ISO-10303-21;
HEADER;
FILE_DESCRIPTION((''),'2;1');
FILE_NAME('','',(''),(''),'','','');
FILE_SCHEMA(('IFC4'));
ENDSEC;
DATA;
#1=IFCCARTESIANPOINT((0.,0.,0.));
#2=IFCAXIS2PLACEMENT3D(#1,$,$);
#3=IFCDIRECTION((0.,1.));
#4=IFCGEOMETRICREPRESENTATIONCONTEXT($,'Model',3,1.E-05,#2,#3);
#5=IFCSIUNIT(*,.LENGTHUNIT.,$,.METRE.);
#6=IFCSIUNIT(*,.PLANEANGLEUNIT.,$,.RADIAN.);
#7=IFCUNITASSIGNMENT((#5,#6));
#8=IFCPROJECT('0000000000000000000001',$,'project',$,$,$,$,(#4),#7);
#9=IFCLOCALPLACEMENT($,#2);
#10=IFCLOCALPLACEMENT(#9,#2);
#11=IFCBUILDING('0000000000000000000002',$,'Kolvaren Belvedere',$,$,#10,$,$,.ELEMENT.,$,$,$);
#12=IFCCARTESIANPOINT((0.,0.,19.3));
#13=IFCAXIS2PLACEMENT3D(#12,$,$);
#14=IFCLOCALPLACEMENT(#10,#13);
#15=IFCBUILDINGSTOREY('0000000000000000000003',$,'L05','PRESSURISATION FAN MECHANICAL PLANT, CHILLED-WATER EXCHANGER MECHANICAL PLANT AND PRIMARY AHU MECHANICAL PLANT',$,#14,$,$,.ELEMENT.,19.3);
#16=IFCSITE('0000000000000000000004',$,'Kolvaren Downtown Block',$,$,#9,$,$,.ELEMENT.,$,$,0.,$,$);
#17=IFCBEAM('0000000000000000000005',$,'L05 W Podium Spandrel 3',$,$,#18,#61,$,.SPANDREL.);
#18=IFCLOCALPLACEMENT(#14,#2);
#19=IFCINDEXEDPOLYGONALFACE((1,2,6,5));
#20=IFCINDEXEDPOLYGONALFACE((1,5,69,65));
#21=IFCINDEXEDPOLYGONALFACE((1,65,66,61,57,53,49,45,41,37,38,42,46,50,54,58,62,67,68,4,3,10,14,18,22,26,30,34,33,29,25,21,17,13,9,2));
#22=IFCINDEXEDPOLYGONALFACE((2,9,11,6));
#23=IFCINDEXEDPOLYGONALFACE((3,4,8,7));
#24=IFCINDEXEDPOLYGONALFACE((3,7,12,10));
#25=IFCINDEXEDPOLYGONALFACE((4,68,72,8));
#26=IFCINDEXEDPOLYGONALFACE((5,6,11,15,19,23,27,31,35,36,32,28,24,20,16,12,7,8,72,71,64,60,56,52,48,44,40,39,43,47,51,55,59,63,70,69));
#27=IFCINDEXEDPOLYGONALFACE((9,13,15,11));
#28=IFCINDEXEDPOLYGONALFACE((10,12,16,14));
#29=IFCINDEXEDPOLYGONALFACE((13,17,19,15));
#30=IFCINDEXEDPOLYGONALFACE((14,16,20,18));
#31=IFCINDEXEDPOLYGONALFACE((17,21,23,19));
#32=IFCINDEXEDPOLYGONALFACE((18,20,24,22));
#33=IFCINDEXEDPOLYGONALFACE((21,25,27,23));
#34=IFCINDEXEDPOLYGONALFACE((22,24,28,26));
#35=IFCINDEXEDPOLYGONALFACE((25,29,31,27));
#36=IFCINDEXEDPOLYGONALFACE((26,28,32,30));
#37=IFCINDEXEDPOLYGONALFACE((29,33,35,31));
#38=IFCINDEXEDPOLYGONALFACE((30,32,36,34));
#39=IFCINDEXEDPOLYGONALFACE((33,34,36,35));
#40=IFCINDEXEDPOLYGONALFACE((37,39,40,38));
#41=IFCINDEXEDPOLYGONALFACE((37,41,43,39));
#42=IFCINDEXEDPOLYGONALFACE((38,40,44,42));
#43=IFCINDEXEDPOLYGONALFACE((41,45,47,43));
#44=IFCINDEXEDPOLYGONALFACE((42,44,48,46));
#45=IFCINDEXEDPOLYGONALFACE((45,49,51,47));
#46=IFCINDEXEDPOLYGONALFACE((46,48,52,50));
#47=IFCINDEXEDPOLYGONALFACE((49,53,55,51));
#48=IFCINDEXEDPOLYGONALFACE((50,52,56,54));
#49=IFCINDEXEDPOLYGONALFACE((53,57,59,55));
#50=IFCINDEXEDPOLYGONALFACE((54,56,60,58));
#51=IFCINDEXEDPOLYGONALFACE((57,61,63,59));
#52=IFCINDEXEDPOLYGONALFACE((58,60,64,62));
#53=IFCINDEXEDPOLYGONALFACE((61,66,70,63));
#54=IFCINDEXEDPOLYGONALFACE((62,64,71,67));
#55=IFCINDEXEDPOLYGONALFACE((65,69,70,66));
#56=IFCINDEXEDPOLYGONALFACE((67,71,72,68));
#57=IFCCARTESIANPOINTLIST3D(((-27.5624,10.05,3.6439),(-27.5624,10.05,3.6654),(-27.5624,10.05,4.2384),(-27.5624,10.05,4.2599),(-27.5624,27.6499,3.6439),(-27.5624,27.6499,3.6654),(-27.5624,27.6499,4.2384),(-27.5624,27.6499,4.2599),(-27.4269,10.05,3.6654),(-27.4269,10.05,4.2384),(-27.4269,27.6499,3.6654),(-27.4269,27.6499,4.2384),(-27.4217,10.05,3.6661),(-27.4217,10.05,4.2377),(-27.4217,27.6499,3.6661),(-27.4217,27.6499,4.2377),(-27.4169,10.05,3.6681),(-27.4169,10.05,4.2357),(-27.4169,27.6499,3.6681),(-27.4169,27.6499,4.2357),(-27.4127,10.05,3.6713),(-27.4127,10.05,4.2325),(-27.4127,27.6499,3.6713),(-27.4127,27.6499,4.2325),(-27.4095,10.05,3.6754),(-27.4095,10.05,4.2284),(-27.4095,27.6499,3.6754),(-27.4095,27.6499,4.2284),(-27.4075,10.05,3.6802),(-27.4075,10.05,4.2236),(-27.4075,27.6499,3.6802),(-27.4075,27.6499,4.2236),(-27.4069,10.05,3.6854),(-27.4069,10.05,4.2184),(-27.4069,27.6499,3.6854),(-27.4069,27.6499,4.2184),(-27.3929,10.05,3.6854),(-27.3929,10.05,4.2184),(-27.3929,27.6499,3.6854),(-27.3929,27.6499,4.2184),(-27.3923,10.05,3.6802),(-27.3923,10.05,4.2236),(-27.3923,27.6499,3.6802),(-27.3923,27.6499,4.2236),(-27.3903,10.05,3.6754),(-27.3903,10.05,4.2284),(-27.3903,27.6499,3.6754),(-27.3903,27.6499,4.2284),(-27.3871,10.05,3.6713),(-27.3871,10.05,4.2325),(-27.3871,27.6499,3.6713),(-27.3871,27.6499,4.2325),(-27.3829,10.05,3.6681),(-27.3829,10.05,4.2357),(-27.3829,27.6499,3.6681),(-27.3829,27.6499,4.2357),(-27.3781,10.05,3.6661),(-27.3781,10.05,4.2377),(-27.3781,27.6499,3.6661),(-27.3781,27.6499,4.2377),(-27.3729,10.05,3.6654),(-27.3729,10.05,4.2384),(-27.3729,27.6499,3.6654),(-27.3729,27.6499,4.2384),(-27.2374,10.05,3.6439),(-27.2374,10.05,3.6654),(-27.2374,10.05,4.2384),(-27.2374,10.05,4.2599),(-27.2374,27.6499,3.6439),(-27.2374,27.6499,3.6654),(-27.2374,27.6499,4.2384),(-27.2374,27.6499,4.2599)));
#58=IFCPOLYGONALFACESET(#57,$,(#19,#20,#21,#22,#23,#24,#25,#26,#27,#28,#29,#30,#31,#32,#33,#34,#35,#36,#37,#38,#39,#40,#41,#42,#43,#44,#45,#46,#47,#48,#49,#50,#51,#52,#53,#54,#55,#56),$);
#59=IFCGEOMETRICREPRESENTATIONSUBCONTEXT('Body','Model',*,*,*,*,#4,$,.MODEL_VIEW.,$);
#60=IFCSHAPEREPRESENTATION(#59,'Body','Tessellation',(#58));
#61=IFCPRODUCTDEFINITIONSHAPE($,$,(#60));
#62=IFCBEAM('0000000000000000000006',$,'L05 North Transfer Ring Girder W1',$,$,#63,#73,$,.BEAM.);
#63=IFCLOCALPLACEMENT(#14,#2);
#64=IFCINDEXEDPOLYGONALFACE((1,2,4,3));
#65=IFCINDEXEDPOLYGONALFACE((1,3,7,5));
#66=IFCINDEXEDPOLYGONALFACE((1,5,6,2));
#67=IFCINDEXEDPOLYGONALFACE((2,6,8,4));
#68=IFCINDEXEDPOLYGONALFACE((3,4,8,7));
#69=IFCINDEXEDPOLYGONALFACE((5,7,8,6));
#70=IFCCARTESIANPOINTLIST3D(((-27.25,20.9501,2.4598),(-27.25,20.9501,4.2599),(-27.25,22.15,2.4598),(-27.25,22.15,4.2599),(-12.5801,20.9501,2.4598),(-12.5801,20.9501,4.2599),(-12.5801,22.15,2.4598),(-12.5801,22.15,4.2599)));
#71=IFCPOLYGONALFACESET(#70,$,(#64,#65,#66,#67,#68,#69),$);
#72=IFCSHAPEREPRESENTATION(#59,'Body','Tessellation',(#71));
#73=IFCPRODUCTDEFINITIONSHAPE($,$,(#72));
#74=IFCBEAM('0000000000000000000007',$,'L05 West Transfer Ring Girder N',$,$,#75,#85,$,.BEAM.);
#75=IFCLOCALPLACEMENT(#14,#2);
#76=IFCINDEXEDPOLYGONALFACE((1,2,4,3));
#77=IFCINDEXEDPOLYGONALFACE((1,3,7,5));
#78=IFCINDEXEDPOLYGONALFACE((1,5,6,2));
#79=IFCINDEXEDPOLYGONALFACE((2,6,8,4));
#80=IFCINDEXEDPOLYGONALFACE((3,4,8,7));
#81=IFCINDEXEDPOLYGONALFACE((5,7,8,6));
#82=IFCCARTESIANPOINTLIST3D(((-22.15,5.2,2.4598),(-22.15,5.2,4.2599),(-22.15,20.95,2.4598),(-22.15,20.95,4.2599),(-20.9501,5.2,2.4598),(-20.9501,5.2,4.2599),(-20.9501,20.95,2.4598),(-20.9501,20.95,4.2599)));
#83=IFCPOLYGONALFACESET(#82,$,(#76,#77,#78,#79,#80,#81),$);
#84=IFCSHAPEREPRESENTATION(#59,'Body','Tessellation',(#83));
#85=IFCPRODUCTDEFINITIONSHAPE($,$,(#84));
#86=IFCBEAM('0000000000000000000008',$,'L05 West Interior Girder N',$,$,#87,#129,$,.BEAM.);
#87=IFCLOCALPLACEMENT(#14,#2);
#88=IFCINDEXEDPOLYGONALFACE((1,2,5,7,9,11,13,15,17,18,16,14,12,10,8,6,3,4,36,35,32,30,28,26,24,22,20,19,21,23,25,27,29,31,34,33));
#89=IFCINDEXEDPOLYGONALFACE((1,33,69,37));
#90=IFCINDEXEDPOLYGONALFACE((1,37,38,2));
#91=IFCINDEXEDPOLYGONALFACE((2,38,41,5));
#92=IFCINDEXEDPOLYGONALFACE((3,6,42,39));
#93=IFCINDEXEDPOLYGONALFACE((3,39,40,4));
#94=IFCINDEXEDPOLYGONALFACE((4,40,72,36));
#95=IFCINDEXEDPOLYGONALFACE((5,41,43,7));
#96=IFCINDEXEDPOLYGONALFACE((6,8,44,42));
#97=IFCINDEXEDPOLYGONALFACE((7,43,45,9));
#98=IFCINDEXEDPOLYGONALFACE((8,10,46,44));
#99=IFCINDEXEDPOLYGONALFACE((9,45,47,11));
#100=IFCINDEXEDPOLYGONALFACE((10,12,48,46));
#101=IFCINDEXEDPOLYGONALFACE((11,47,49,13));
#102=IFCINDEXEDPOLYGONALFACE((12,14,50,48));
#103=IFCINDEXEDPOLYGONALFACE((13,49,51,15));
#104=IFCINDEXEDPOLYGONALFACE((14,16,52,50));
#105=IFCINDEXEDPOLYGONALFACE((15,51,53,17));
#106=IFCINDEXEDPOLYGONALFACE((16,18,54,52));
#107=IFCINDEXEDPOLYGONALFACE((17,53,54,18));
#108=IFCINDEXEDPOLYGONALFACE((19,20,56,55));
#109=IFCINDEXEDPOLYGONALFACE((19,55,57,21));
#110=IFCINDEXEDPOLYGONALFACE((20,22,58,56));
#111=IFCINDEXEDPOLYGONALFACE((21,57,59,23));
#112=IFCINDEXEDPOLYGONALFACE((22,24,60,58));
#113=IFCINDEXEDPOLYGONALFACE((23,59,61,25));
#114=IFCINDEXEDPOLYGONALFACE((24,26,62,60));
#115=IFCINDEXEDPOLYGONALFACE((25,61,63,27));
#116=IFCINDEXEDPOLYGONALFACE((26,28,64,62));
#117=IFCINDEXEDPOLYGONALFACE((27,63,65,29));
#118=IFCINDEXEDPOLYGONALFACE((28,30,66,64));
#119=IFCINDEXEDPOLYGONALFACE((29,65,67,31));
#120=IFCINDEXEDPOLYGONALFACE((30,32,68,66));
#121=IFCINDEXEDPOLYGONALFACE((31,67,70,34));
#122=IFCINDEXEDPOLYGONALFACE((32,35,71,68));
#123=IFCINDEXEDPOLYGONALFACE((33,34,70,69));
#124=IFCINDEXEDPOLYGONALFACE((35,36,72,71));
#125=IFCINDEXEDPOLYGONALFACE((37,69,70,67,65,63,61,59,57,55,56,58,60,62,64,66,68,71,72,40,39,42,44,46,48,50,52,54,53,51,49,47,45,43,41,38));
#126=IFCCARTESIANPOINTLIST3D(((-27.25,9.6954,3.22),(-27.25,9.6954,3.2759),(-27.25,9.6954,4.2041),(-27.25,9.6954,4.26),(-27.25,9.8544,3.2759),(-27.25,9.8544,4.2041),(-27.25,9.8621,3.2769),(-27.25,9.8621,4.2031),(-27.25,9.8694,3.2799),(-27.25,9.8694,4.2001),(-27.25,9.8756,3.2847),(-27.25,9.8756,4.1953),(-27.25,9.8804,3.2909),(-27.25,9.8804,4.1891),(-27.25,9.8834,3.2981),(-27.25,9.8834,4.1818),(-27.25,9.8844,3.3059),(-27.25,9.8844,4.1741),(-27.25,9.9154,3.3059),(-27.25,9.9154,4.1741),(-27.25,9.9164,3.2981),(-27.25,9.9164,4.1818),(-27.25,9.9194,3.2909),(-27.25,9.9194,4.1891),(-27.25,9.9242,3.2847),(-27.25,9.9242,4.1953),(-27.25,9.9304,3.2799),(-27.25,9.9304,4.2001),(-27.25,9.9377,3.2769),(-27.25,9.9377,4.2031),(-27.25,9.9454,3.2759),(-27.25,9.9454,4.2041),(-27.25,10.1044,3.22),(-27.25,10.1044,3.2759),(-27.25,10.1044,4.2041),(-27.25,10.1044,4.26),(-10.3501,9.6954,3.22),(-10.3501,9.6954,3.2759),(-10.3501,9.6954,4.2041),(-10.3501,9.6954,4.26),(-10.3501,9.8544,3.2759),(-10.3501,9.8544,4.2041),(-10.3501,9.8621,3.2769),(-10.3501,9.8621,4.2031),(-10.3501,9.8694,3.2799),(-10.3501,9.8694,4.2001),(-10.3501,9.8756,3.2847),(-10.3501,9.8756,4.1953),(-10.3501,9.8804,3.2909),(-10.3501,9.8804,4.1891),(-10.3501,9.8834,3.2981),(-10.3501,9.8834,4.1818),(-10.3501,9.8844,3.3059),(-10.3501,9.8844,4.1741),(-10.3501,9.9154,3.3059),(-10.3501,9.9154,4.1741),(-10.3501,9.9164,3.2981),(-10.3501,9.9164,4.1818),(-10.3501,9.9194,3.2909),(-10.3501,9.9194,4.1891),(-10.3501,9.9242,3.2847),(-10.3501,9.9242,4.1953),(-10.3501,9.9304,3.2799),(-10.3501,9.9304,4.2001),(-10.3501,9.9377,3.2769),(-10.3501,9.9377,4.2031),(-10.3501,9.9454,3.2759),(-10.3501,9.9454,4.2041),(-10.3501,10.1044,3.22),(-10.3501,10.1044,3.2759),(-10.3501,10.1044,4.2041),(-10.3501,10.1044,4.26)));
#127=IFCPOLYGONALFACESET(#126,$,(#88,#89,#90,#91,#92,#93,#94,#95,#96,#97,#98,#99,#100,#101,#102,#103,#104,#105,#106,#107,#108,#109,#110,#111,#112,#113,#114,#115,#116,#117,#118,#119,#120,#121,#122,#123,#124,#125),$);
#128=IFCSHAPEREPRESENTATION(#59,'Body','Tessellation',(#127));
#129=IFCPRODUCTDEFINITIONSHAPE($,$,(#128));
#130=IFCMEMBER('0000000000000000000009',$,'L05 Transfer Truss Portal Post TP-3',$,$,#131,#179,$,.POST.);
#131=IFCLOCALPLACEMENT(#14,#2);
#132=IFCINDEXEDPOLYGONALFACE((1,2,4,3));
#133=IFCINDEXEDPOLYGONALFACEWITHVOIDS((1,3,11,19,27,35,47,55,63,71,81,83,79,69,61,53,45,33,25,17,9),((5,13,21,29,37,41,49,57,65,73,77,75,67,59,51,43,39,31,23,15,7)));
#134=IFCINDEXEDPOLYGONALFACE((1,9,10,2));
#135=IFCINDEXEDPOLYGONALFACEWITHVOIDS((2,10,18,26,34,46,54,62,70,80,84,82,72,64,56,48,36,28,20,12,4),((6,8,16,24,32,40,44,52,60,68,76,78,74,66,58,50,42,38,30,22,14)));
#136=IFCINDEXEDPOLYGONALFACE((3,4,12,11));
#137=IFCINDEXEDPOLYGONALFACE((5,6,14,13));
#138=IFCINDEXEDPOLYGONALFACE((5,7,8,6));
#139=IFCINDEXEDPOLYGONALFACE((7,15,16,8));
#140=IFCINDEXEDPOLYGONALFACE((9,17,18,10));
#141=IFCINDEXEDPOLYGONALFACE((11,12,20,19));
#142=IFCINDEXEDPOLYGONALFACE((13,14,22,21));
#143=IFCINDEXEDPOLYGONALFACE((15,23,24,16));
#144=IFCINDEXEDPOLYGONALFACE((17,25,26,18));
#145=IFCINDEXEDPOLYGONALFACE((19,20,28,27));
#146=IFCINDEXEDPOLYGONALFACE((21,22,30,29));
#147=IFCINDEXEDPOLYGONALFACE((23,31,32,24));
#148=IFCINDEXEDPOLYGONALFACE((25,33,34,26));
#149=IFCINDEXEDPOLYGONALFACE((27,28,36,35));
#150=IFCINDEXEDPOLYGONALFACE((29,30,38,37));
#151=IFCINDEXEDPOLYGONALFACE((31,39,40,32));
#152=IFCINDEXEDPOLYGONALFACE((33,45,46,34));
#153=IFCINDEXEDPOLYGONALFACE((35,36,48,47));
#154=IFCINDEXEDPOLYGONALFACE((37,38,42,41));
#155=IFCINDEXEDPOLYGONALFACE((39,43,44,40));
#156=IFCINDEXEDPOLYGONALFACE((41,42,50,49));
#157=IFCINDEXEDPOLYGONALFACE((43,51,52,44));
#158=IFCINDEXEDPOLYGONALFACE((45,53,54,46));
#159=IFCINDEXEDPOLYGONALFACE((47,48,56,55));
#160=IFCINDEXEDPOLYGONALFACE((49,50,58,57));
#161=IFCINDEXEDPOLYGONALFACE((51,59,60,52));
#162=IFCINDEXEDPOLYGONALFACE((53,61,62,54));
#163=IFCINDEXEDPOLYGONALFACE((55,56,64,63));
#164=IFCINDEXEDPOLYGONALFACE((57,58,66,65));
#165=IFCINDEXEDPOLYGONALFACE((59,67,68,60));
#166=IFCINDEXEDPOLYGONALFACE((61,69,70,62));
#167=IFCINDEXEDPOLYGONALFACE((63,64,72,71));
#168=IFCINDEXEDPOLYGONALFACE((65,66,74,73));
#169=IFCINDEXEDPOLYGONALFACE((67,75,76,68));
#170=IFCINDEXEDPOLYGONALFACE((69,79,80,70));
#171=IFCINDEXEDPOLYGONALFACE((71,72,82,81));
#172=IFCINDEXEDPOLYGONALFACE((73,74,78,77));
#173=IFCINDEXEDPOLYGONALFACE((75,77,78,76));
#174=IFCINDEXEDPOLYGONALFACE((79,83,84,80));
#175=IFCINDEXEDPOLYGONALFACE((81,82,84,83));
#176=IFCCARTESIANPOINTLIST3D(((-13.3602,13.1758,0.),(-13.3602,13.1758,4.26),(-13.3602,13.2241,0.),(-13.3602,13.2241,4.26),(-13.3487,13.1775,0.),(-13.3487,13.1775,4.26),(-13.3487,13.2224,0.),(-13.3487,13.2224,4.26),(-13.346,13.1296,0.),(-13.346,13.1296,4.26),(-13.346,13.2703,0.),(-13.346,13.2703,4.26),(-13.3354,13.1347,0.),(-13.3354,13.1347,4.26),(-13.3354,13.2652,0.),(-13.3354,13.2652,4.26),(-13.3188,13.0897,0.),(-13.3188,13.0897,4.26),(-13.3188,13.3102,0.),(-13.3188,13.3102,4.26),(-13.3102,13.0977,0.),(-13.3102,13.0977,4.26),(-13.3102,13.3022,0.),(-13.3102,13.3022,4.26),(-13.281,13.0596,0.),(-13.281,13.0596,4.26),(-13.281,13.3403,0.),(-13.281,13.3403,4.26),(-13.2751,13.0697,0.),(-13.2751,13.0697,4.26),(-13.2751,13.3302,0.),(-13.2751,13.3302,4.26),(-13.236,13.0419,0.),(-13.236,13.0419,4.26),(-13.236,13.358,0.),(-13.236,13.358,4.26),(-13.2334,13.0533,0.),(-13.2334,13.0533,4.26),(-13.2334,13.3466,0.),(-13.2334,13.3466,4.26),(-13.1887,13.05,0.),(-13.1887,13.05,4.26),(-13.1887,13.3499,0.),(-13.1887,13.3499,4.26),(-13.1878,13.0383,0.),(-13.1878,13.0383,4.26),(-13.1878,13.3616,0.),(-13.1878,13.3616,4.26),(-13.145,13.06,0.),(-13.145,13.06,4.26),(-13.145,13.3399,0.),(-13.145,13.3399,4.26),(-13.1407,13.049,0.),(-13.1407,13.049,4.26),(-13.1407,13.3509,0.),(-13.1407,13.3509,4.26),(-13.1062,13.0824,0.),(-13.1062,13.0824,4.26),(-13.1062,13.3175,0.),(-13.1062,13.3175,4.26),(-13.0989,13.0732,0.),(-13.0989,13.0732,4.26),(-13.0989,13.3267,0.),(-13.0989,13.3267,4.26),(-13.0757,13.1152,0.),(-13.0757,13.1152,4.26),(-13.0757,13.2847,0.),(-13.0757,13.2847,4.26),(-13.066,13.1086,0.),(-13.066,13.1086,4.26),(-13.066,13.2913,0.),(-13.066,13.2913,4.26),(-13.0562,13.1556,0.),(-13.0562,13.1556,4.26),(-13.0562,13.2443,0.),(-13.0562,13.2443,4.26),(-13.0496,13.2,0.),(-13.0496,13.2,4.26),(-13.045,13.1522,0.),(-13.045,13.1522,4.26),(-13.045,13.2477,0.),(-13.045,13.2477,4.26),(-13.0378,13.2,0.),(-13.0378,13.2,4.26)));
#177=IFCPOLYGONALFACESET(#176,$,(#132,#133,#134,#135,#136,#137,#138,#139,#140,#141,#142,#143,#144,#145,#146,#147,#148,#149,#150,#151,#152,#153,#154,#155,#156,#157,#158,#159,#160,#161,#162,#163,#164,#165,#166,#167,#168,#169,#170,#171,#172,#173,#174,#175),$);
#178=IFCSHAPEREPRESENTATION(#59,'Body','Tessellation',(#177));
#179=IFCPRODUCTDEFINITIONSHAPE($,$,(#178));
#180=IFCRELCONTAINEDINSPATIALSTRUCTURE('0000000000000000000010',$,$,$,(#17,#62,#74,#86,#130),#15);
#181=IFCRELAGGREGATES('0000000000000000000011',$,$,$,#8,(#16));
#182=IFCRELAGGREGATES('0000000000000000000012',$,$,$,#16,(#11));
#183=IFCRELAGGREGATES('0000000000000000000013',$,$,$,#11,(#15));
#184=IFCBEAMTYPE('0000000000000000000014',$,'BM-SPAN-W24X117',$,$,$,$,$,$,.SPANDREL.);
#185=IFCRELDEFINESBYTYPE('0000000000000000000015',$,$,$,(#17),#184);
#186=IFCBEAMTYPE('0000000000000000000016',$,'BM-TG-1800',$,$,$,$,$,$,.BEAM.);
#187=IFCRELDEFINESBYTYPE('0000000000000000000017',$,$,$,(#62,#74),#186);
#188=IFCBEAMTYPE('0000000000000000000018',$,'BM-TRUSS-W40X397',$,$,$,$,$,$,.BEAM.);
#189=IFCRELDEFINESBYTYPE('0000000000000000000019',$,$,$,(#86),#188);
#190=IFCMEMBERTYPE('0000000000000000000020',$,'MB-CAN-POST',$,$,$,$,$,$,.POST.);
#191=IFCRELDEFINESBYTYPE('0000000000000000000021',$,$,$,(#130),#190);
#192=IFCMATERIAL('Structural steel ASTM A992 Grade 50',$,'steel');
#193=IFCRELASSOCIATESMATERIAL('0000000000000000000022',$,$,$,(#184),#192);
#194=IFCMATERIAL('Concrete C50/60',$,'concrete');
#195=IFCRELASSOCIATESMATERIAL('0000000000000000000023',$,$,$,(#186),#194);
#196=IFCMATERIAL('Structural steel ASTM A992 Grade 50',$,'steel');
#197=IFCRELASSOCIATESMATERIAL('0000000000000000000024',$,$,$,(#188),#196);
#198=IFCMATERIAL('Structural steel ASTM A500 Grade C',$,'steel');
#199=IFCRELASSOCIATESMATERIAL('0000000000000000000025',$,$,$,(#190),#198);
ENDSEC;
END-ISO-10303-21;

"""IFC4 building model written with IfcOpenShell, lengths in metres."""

from ifc_helpers import new_model, si_unit, direction, frame, origin, origin_2d, place, context, subcontext, project, spatial, rectangle, hollow_circle, i_section, extrude, material, material_profile, profile_set, type_object, element, save


model = new_model("IFC4")

# Units and contexts
model_context = context("Model", 3, precision=1e-05, world=origin(), true_north=direction((0.0, 1.0)))
body_context = subcontext(model_context, "Body", "Model", "MODEL_VIEW")
ifc_project = project(units=[si_unit("LENGTHUNIT", "METRE"), si_unit("PLANEANGLEUNIT", "RADIAN")], contexts=[model_context])

# Site, building, storey
site_placement = place(None, origin())
site = spatial("IfcSite", under=ifc_project, at=site_placement, Name="Kolvaren Downtown Block", CompositionType="ELEMENT", RefElevation=0.0)
building_placement = place(site_placement, origin())
building = spatial("IfcBuilding", under=site, at=building_placement, Name="Kolvaren Belvedere", CompositionType="ELEMENT")
storey_placement = place(building_placement, frame((0.0, 0.0, 19.3)))
storey = spatial("IfcBuildingStorey", under=building, at=storey_placement, Name="L05", Description="PRESSURISATION FAN MECHANICAL PLANT, CHILLED-WATER EXCHANGER MECHANICAL PLANT AND PRIMARY AHU MECHANICAL PLANT", CompositionType="ELEMENT", Elevation=19.3)

# Beams
ifc_material_1 = material(Name="Structural steel ASTM A992 Grade 50", Category="steel")
ifc_material_profile_1 = material_profile(ifc_material_1, i_section(OverallWidth=0.325, OverallDepth=0.616, WebThickness=0.0139, FlangeThickness=0.0215, FilletRadius=0.02, at=origin_2d()), Name="W24X117")
ifc_profile_set_1 = profile_set([ifc_material_profile_1], Name="Structural steel ASTM A992 Grade 50")
beam_type_1 = type_object("IfcBeamType", Name="BM-SPAN-W24X117", PredefinedType="SPANDREL", material=ifc_profile_set_1)
beam_1_placement = place(storey_placement, frame((-27.3999, 10.05, 3.9519), z_axis=(0.0, 1.0, 0.0), x_axis=(-1.0, 0.0, 0.0)))
element("IfcBeam", 1, at=beam_1_placement, inside=storey, type_object=beam_type_1, Name="L05 W Podium Spandrel 3", PredefinedType="SPANDREL", context=body_context, shape_type="SweptSolid", body=[
    extrude(i_section(OverallWidth=0.325, OverallDepth=0.616, WebThickness=0.0139, FlangeThickness=0.0215, FilletRadius=0.02, at=origin_2d()), origin(), (0.0, 0.0, 1.0), 17.5999),
])
ifc_material_2 = material(Name="Concrete C50/60", Category="concrete")
ifc_material_profile_2 = material_profile(ifc_material_2, rectangle(XDim=1.2, YDim=1.8, at=origin_2d()), Name="RC 1200X1800")
ifc_profile_set_2 = profile_set([ifc_material_profile_2], Name="Concrete C50/60")
beam_type_2 = type_object("IfcBeamType", Name="BM-TG-1800", PredefinedType="BEAM", material=ifc_profile_set_2)
beam_2_placement = place(storey_placement, frame((-27.25, 21.55, 3.3599), z_axis=(1.0, 0.0, 0.0), x_axis=(0.0, 1.0, 0.0)))
element("IfcBeam", 2, at=beam_2_placement, inside=storey, type_object=beam_type_2, Name="L05 North Transfer Ring Girder W1", PredefinedType="BEAM", context=body_context, shape_type="SweptSolid", body=[
    extrude(rectangle(XDim=1.2, YDim=1.8, at=origin_2d()), origin(), (0.0, 0.0, 1.0), 14.6699),
])
beam_3_placement = place(storey_placement, frame((-21.55, 5.2, 3.3599), z_axis=(0.0, 1.0, 0.0), x_axis=(-1.0, 0.0, 0.0)))
element("IfcBeam", 3, at=beam_3_placement, inside=storey, type_object=beam_type_2, Name="L05 West Transfer Ring Girder N", PredefinedType="BEAM", context=body_context, shape_type="SweptSolid", body=[
    extrude(rectangle(XDim=1.2, YDim=1.8, at=origin_2d()), origin(), (0.0, 0.0, 1.0), 15.75),
])
ifc_material_3 = material(Name="Structural steel ASTM A992 Grade 50", Category="steel")
ifc_material_profile_3 = material_profile(ifc_material_3, i_section(OverallWidth=0.4089, OverallDepth=1.04, WebThickness=0.031, FlangeThickness=0.0559, FilletRadius=0.03, at=origin_2d()), Name="W40X397")
ifc_profile_set_3 = profile_set([ifc_material_profile_3], Name="Structural steel ASTM A992 Grade 50")
beam_type_3 = type_object("IfcBeamType", Name="BM-TRUSS-W40X397", PredefinedType="BEAM", material=ifc_profile_set_3)
beam_4_placement = place(storey_placement, frame((-27.25, 9.8999, 3.74), z_axis=(1.0, 0.0, 0.0), x_axis=(0.0, 1.0, 0.0)))
element("IfcBeam", 4, at=beam_4_placement, inside=storey, type_object=beam_type_3, Name="L05 West Interior Girder N", PredefinedType="BEAM", context=body_context, shape_type="SweptSolid", body=[
    extrude(i_section(OverallWidth=0.4089, OverallDepth=1.04, WebThickness=0.031, FlangeThickness=0.0559, FilletRadius=0.03, at=origin_2d()), origin(), (0.0, 0.0, 1.0), 16.8999),
])

# Member
ifc_material_4 = material(Name="Structural steel ASTM A500 Grade C", Category="steel")
ifc_material_profile_4 = material_profile(ifc_material_4, hollow_circle(Radius=0.1621, WallThickness=0.0117, at=origin_2d()), Name="HSS12.750X0.500")
ifc_profile_set_4 = profile_set([ifc_material_profile_4], Name="Structural steel ASTM A500 Grade C")
member_type_1 = type_object("IfcMemberType", Name="MB-CAN-POST", PredefinedType="POST", material=ifc_profile_set_4)
member_1_placement = place(storey_placement, frame((-13.2, 13.2, 0.0), z_axis=(0.0, 0.0, 1.0), x_axis=(1.0, 0.0, 0.0)))
element("IfcMember", 5, at=member_1_placement, inside=storey, type_object=member_type_1, Name="L05 Transfer Truss Portal Post TP-3", PredefinedType="POST", context=body_context, shape_type="SweptSolid", body=[
    extrude(hollow_circle(Radius=0.1621, WallThickness=0.0117, at=origin_2d()), origin(), (0.0, 0.0, 1.0), 4.26),
])

save(model, "model.ifc")
